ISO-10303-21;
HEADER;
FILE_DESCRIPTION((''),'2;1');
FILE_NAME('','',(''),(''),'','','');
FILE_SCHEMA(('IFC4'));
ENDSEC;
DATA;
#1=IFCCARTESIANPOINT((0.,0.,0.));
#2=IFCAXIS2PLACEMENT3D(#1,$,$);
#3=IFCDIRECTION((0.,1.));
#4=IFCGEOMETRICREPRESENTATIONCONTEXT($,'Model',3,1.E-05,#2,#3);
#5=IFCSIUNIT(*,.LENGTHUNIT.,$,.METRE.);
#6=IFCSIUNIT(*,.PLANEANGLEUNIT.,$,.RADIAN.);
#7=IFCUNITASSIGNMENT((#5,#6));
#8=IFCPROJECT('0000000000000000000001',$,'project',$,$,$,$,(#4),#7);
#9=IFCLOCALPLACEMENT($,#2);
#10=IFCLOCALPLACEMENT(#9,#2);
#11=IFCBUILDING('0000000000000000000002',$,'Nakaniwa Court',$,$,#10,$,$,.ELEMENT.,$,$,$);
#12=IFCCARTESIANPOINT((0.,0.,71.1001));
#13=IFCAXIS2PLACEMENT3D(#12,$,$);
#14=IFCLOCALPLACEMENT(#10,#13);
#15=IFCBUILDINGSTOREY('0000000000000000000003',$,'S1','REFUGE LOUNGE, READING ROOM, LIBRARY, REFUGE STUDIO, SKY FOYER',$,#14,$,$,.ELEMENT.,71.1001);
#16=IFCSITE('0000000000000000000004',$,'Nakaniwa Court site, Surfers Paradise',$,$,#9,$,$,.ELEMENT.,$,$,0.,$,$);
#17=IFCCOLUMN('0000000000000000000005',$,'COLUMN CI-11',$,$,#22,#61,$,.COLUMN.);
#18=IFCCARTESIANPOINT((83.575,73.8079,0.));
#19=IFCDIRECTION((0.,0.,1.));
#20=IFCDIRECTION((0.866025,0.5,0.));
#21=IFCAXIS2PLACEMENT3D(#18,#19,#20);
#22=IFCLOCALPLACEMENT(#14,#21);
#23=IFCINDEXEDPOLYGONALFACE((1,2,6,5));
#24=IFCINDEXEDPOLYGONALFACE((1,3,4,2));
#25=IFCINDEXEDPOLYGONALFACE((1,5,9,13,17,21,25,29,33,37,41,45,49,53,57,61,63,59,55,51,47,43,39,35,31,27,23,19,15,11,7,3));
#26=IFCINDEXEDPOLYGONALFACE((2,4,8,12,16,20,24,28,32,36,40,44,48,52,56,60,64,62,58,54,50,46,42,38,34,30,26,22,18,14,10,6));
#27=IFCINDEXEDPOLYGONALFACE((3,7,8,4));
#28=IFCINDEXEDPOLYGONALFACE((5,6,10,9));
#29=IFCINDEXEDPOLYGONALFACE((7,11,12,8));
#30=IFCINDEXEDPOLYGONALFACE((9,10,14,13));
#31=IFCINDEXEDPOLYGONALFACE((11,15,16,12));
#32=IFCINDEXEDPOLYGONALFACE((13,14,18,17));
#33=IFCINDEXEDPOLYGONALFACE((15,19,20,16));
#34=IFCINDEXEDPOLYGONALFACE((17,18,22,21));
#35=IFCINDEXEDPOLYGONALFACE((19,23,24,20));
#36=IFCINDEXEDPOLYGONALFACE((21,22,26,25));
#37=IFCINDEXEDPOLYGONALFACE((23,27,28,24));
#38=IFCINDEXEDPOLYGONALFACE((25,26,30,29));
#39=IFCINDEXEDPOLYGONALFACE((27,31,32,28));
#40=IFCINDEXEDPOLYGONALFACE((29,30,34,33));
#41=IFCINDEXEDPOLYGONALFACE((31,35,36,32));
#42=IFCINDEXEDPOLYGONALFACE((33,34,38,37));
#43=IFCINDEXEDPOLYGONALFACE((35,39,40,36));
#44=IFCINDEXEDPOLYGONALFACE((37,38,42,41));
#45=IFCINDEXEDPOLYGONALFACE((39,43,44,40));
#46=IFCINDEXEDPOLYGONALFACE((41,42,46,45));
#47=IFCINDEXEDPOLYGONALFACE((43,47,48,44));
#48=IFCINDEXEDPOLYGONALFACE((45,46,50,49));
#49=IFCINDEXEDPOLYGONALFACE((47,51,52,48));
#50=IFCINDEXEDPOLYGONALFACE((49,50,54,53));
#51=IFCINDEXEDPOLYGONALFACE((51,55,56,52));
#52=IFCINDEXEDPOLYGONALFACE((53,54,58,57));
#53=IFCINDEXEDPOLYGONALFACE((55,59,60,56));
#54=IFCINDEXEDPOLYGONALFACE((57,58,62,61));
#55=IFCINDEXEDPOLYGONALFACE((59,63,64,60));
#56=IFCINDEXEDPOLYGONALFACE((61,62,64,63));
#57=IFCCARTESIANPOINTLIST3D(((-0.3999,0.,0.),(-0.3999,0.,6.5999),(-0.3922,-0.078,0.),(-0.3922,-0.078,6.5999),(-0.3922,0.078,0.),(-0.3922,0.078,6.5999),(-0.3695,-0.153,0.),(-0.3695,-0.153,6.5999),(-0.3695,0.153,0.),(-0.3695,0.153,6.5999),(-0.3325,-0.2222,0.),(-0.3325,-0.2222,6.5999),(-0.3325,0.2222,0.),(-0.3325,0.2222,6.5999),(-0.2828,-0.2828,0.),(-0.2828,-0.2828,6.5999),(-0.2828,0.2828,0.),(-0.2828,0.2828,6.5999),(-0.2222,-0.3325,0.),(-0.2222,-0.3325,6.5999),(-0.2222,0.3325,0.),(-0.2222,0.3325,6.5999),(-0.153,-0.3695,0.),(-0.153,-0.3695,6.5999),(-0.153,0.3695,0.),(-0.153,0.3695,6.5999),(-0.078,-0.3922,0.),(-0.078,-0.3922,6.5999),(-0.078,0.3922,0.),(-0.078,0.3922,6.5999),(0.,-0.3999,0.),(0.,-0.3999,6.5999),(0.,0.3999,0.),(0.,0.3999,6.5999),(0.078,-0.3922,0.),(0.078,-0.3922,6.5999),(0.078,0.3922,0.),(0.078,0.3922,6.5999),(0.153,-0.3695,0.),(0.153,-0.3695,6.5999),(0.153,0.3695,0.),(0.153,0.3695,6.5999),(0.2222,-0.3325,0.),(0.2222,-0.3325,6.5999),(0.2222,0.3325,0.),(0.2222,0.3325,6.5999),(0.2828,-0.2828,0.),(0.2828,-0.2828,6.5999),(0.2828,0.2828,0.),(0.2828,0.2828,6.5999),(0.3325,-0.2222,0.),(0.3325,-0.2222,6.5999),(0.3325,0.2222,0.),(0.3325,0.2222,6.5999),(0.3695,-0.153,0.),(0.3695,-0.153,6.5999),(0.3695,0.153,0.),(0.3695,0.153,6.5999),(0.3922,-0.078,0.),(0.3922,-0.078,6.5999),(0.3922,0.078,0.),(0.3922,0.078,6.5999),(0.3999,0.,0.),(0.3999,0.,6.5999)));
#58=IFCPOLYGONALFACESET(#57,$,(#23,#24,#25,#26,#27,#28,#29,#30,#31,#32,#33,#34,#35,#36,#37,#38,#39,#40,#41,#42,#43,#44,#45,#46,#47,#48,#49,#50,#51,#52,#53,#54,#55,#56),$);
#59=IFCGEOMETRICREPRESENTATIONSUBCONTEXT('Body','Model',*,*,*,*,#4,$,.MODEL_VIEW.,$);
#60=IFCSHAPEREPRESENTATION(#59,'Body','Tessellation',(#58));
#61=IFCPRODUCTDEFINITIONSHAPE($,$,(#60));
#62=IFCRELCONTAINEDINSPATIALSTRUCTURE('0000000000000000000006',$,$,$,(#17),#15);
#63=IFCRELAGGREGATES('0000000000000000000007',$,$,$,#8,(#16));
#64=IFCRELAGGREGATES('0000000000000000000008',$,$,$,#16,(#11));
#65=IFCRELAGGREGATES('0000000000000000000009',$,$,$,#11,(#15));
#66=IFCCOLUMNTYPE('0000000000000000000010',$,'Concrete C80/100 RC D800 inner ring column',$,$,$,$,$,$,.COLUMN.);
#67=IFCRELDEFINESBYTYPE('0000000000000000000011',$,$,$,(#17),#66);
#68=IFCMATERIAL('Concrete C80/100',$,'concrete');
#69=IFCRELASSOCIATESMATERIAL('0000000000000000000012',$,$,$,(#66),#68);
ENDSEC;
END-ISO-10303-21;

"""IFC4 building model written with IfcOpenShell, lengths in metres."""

from ifc_helpers import new_model, si_unit, direction, frame, origin, origin_2d, place, context, subcontext, project, spatial, circle, extrude, material, material_profile, profile_set, type_object, element, save


model = new_model("IFC4")

# Units and contexts
model_context = context("Model", 3, precision=1e-05, world=origin(), true_north=direction((0.0, 1.0)))
body_context = subcontext(model_context, "Body", "Model", "MODEL_VIEW")
ifc_project = project(units=[si_unit("LENGTHUNIT", "METRE"), si_unit("PLANEANGLEUNIT", "RADIAN")], contexts=[model_context])

# Site, building, storey
site_placement = place(None, origin())
site = spatial("IfcSite", under=ifc_project, at=site_placement, Name="Nakaniwa Court site, Surfers Paradise", CompositionType="ELEMENT", RefElevation=0.0)
building_placement = place(site_placement, origin())
building = spatial("IfcBuilding", under=site, at=building_placement, Name="Nakaniwa Court", CompositionType="ELEMENT")
storey_placement = place(building_placement, frame((0.0, 0.0, 71.1001)))
storey = spatial("IfcBuildingStorey", under=building, at=storey_placement, Name="S1", Description="REFUGE LOUNGE, READING ROOM, LIBRARY, REFUGE STUDIO, SKY FOYER", CompositionType="ELEMENT", Elevation=71.1001)

# Column
ifc_material_1 = material(Name="Concrete C80/100", Category="concrete")
ifc_material_profile_1 = material_profile(ifc_material_1, circle(Radius=0.3999, at=origin_2d()), Name="Concrete C80/100 RC D800 inner ring column")
ifc_profile_set_1 = profile_set([ifc_material_profile_1], Name="Concrete C80/100")
column_type = type_object("IfcColumnType", Name="Concrete C80/100 RC D800 inner ring column", PredefinedType="COLUMN", material=ifc_profile_set_1)
column_placement = place(storey_placement, frame((83.575, 73.8079, 0.0), z_axis=(0.0, 0.0, 1.0), x_axis=(0.866025, 0.5, 0.0)))
element("IfcColumn", 1, at=column_placement, inside=storey, type_object=column_type, Name="COLUMN CI-11", PredefinedType="COLUMN", context=body_context, shape_type="SweptSolid", body=[
    extrude(circle(Radius=0.3999, at=origin_2d()), origin(), (0.0, 0.0, 1.0), 6.5999),
])

save(model, "model.ifc")
